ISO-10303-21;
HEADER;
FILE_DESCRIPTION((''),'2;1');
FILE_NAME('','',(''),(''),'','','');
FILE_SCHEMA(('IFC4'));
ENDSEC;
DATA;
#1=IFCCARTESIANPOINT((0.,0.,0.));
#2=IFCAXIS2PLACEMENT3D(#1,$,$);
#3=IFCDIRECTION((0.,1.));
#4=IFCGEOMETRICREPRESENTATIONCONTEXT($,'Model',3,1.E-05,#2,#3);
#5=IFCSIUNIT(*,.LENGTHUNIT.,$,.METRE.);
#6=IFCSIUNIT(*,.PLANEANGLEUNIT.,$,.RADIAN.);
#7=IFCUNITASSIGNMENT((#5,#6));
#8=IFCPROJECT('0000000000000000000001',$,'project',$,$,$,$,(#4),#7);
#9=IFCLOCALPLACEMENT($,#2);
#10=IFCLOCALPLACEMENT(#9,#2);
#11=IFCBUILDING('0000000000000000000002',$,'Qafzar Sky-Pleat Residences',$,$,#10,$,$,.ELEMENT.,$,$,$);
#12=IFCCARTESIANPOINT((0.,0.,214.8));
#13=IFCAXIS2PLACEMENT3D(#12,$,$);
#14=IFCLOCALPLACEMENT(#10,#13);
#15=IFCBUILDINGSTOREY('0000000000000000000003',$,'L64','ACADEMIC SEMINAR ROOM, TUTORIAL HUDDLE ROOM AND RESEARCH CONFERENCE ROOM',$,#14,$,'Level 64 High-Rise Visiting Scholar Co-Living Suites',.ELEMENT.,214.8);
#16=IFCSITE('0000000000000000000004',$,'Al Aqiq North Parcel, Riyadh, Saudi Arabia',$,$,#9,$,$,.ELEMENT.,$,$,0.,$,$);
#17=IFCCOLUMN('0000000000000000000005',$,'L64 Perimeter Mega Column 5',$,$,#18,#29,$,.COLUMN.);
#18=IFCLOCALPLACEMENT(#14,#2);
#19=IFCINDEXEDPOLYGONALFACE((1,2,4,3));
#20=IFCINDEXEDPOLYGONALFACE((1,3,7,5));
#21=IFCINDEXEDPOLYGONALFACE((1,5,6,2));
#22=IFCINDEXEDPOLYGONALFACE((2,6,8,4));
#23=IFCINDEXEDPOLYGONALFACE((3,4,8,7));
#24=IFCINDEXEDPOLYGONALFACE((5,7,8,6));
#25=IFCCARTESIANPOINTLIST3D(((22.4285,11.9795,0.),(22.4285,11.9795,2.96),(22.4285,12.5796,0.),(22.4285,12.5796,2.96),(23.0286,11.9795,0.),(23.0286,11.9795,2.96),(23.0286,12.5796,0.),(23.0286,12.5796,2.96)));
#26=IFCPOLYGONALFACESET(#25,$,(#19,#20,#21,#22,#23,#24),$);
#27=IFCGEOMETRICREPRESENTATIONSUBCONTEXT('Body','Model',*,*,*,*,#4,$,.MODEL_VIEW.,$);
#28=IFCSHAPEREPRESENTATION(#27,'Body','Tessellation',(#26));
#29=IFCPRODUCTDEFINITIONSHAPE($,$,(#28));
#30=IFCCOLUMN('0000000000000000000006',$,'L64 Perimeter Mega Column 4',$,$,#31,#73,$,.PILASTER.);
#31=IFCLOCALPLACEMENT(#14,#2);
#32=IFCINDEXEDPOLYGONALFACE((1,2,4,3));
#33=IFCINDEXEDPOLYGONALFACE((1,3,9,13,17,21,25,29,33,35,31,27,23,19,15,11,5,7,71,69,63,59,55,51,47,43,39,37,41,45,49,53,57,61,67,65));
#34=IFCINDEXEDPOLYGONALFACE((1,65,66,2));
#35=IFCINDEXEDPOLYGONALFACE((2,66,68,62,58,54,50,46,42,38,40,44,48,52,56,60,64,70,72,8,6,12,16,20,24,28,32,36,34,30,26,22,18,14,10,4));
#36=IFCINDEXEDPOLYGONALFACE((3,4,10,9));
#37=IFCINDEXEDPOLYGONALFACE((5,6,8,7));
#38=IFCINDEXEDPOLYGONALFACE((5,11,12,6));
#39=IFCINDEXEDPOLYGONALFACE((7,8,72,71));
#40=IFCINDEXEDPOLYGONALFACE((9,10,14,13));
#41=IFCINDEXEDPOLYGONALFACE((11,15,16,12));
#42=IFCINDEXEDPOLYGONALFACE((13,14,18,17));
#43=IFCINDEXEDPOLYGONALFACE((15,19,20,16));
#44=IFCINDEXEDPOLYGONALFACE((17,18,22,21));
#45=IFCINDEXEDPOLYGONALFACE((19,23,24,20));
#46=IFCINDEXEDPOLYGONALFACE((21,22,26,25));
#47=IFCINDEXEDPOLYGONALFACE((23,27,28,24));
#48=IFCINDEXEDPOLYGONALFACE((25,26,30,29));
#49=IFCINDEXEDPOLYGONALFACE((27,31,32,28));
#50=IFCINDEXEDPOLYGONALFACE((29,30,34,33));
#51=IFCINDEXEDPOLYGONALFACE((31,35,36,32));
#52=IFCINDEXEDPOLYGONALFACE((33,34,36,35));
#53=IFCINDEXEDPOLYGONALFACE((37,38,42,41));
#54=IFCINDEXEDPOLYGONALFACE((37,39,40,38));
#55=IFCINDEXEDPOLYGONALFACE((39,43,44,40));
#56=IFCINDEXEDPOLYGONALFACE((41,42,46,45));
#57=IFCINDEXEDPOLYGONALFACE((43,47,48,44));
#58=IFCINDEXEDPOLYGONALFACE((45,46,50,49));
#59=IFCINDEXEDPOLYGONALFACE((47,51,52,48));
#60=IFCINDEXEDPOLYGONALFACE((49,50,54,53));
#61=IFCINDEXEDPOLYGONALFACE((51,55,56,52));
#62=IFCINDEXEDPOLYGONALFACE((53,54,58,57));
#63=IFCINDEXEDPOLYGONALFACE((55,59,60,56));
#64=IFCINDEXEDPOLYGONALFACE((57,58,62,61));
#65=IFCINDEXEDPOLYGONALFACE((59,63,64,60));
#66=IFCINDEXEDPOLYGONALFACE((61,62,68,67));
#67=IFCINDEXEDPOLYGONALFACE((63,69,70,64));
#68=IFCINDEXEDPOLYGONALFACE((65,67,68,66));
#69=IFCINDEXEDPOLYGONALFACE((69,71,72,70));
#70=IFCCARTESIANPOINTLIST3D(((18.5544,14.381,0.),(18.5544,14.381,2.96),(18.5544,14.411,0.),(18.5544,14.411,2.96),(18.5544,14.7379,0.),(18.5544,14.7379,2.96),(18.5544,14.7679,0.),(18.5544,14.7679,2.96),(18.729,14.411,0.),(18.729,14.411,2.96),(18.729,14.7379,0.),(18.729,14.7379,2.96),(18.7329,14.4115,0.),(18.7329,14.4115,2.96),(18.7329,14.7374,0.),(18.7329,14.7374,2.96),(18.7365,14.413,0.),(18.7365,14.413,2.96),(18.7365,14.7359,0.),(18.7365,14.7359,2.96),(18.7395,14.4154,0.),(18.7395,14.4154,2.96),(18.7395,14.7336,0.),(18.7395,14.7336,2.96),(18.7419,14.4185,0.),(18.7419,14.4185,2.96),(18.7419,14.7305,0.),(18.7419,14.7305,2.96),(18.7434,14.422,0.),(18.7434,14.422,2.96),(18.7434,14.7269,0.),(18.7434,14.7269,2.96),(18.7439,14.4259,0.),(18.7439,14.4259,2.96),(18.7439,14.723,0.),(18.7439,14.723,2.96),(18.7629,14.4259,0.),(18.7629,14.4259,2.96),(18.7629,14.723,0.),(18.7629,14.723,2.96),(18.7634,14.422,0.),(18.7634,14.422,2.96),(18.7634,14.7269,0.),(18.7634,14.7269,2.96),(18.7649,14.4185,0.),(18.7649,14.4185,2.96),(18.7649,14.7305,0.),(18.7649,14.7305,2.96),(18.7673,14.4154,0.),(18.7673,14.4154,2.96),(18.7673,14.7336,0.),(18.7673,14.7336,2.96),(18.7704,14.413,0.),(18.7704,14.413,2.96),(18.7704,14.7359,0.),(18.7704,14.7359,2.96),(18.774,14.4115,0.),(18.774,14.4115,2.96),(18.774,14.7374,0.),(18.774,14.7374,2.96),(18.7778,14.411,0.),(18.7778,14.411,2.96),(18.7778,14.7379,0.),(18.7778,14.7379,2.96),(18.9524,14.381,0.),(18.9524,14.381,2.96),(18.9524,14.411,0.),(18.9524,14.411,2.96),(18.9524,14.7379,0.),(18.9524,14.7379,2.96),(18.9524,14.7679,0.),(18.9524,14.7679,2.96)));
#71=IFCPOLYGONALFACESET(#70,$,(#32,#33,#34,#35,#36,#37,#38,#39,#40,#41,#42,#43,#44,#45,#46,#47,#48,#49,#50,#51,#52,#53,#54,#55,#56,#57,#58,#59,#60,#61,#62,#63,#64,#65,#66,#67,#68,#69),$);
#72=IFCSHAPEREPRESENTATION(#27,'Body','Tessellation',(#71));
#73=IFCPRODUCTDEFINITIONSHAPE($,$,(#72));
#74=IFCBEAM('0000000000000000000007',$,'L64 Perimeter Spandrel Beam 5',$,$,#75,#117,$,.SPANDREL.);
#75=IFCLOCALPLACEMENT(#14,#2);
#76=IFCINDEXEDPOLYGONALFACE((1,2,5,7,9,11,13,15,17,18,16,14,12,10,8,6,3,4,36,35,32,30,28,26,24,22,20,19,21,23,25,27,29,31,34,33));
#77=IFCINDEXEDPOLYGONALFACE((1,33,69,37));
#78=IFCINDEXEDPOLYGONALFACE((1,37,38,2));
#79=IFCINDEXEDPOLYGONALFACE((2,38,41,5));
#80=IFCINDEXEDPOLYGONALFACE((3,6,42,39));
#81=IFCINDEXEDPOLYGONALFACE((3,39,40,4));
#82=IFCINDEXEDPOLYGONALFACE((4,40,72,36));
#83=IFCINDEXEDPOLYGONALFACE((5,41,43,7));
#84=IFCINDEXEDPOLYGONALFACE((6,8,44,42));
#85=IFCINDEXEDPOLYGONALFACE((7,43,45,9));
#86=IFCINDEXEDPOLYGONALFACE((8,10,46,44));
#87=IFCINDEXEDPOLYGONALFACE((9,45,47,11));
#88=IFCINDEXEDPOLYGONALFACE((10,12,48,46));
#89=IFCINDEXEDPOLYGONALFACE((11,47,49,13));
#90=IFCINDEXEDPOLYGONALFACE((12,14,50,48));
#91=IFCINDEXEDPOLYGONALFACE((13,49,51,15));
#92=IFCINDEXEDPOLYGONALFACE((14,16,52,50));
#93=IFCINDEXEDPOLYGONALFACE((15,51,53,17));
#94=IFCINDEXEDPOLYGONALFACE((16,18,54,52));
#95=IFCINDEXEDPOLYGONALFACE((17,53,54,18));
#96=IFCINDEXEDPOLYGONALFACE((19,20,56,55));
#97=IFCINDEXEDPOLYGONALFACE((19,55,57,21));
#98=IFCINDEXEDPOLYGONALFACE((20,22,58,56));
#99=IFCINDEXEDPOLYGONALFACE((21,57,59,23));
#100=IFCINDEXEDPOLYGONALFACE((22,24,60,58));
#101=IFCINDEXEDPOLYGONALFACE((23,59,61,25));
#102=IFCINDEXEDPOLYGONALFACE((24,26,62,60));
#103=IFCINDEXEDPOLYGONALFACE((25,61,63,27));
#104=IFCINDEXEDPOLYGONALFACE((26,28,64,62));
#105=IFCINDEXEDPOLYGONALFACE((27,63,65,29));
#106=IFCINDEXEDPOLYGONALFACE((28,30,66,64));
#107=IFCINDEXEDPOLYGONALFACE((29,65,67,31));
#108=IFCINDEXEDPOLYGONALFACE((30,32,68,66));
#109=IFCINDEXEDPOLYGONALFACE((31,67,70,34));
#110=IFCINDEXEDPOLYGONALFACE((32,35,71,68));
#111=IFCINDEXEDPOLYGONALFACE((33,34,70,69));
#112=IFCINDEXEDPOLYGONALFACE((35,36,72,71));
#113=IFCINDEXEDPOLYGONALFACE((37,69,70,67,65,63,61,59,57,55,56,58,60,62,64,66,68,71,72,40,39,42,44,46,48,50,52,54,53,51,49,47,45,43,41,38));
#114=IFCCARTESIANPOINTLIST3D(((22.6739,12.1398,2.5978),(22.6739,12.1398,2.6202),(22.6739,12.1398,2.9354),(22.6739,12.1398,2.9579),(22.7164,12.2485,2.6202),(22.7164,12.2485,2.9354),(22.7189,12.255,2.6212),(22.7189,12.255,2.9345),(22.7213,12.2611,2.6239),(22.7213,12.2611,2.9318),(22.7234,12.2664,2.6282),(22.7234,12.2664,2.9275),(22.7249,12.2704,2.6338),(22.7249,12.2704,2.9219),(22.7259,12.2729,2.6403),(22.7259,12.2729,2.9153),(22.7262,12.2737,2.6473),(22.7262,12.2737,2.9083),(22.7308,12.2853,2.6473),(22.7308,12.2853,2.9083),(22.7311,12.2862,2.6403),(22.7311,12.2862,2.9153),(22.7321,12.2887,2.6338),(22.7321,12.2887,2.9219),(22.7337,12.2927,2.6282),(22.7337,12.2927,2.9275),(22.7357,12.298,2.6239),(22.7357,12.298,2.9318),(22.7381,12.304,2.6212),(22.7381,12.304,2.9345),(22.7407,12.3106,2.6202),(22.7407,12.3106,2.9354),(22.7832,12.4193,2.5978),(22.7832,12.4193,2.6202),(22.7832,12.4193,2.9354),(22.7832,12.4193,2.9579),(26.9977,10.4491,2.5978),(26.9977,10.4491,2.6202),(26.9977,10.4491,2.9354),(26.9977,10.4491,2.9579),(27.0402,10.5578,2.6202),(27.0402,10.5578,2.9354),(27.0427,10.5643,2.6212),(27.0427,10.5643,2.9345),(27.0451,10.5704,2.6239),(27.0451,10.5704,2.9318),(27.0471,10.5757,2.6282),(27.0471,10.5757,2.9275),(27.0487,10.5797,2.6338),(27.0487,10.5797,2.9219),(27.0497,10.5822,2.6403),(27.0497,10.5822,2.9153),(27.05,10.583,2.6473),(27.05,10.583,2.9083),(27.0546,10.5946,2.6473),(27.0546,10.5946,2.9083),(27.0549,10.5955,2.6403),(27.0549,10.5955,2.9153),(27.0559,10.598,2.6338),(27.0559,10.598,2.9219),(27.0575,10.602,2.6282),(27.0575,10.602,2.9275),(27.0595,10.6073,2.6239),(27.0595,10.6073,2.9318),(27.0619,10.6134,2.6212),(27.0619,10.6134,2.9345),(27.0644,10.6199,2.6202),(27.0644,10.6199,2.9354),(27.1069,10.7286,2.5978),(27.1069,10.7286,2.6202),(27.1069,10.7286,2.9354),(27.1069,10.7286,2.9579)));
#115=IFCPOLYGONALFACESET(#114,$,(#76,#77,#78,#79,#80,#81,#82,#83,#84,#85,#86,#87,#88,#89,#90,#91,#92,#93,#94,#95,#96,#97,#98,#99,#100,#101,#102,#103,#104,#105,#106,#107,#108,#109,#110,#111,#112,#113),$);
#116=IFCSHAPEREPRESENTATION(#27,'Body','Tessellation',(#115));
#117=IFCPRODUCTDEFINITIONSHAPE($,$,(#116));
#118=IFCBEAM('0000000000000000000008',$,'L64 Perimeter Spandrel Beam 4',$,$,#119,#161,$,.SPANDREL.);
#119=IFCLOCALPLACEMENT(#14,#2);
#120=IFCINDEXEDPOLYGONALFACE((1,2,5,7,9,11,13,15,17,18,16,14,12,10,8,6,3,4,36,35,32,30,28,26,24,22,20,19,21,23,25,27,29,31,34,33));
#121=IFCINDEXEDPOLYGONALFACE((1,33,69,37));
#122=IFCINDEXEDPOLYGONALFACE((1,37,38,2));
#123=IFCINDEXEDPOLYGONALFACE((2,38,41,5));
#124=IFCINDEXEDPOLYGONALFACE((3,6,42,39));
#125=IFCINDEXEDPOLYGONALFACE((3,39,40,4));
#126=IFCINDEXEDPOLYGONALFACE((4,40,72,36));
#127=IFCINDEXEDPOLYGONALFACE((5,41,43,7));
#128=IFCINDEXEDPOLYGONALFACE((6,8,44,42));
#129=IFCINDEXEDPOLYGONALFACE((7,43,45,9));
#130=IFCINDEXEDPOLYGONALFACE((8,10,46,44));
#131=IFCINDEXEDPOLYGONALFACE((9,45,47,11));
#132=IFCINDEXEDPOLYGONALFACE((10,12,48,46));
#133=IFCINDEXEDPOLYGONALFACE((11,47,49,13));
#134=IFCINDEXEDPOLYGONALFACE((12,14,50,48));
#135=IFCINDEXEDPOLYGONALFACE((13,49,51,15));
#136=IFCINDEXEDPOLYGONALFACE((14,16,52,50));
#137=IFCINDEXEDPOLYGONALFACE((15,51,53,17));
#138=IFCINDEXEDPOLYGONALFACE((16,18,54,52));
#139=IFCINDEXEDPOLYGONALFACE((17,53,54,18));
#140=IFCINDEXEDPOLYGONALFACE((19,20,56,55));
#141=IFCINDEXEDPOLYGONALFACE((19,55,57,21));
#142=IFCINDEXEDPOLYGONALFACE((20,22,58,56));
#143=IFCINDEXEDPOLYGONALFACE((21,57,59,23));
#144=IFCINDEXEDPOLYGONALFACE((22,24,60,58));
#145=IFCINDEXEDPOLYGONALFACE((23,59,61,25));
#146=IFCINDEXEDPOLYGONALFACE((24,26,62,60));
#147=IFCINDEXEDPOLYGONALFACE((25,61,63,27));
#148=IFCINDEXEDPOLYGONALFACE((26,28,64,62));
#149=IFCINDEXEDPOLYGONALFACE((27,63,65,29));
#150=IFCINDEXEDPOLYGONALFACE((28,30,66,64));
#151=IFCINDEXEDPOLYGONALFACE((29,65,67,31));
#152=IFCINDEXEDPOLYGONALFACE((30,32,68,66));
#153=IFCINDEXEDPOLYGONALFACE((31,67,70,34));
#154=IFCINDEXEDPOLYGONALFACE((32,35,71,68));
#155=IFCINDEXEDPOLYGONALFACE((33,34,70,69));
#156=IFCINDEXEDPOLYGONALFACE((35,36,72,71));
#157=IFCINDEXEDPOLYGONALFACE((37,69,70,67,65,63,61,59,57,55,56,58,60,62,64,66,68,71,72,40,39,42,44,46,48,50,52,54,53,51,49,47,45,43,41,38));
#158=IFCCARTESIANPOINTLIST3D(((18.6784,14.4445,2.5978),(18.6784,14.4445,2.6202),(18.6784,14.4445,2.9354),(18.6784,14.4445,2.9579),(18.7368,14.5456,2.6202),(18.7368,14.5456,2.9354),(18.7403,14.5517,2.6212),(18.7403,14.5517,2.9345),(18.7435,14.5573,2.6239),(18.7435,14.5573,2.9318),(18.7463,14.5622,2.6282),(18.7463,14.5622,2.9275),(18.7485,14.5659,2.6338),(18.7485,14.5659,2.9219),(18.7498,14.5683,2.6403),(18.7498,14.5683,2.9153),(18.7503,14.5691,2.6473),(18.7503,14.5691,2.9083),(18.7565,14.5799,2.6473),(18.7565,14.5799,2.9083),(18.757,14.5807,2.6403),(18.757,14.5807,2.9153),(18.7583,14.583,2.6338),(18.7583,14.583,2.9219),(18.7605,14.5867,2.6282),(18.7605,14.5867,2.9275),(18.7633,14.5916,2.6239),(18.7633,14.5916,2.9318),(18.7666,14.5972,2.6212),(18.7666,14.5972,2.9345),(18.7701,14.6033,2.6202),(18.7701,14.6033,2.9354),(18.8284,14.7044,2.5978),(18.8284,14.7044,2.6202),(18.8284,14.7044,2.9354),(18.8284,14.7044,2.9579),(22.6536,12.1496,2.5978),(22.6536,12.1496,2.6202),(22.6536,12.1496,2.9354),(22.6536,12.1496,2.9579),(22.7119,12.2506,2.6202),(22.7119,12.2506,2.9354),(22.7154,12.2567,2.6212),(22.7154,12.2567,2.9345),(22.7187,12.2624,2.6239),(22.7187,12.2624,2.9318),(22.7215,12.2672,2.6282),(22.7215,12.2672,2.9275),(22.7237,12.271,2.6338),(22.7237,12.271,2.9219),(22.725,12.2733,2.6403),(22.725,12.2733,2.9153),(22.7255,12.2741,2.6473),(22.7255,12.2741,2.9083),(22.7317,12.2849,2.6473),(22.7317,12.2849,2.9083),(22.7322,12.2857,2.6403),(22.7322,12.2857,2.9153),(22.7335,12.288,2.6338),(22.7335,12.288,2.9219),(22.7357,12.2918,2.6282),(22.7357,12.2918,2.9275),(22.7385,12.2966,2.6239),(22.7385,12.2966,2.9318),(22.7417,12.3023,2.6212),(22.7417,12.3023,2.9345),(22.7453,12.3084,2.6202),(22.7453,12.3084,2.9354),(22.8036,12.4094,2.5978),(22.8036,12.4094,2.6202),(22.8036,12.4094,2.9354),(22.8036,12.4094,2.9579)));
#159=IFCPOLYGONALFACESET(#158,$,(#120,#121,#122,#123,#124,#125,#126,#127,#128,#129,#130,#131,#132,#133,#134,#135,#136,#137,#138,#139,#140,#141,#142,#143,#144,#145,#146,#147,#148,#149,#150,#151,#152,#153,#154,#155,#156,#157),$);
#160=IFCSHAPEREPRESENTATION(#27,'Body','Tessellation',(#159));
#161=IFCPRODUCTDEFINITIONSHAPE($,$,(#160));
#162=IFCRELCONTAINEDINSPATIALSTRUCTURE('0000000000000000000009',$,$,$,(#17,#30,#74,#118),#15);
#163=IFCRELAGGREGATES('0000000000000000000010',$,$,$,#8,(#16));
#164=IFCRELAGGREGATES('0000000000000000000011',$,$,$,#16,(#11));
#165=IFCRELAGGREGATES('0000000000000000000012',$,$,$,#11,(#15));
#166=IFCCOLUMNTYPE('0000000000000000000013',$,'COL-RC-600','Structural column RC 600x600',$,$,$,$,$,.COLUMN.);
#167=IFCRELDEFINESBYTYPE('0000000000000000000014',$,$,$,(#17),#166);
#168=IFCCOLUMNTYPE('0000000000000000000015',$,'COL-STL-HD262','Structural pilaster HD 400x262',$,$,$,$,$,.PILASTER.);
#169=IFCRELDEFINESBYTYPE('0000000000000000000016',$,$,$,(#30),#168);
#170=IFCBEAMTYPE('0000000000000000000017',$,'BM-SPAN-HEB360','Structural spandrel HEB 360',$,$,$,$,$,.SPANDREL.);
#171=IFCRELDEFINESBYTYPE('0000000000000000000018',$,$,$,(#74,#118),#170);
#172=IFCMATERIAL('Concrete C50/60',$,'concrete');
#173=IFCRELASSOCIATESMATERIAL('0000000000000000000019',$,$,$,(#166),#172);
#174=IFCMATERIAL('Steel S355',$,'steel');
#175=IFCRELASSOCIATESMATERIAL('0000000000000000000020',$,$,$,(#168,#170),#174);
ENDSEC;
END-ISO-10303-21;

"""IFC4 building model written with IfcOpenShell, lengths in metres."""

from ifc_helpers import new_model, si_unit, direction, frame, origin, origin_2d, place, context, subcontext, project, spatial, rectangle, i_section, extrude, source, transform, mapped, material, material_profile, profile_set, type_object, element, save


model = new_model("IFC4")

# Units and contexts
model_context = context("Model", 3, precision=1e-05, world=origin(), true_north=direction((0.0, 1.0)))
body_context = subcontext(model_context, "Body", "Model", "MODEL_VIEW")
ifc_project = project(units=[si_unit("LENGTHUNIT", "METRE"), si_unit("PLANEANGLEUNIT", "RADIAN")], contexts=[model_context])

# Site, building, storey
site_placement = place(None, origin())
site = spatial("IfcSite", under=ifc_project, at=site_placement, Name="Al Aqiq North Parcel, Riyadh, Saudi Arabia", CompositionType="ELEMENT", RefElevation=0.0)
building_placement = place(site_placement, origin())
building = spatial("IfcBuilding", under=site, at=building_placement, Name="Qafzar Sky-Pleat Residences", CompositionType="ELEMENT")
storey_placement = place(building_placement, frame((0.0, 0.0, 214.8)))
storey = spatial("IfcBuildingStorey", under=building, at=storey_placement, Name="L64", Description="ACADEMIC SEMINAR ROOM, TUTORIAL HUDDLE ROOM AND RESEARCH CONFERENCE ROOM", LongName="Level 64 High-Rise Visiting Scholar Co-Living Suites", CompositionType="ELEMENT", Elevation=214.8)

# Columns
ifc_material_1 = material(Name="Concrete C50/60", Category="concrete")
ifc_material_profile_1 = material_profile(ifc_material_1, rectangle(XDim=0.6001, YDim=0.6001, at=origin_2d()), Name="RC 600x600")
ifc_profile_set_1 = profile_set([ifc_material_profile_1], Name="Concrete C50/60")
column_type_1 = type_object("IfcColumnType", Name="COL-RC-600", Description="Structural column RC 600x600", PredefinedType="COLUMN", material=ifc_profile_set_1)
shared_shape_1 = source(origin(), body_context, "Body", "SweptSolid", [
    extrude(rectangle(XDim=0.6001, YDim=0.6001, at=origin_2d()), origin(), (0.0, 0.0, 1.0), 2.96),
])
column_1_placement = place(storey_placement, frame((22.7285, 12.2795, 0.0), z_axis=(0.0, 0.0, 1.0), x_axis=(1.0, 0.0, 0.0)))
element("IfcColumn", 1, at=column_1_placement, inside=storey, type_object=column_type_1, Name="L64 Perimeter Mega Column 5", PredefinedType="COLUMN", context=body_context, shape_type="MappedRepresentation", body=[
    mapped(shared_shape_1, transform((0.0, 0.0, 0.0), x_axis=(1.0, 0.0, 0.0), y_axis=(0.0, 1.0, 0.0), z_axis=(0.0, 0.0, 1.0), scale=1.0)),
])
ifc_material_2 = material(Name="Steel S355", Category="steel")
ifc_material_profile_2 = material_profile(ifc_material_2, i_section(OverallWidth=0.3979, OverallDepth=0.387, WebThickness=0.019, FlangeThickness=0.03, FilletRadius=0.0149, at=origin_2d()), Name="HD 400x262")
ifc_profile_set_2 = profile_set([ifc_material_profile_2], Name="Steel S355")
column_type_2 = type_object("IfcColumnType", Name="COL-STL-HD262", Description="Structural pilaster HD 400x262", PredefinedType="PILASTER", material=ifc_profile_set_2)
shared_shape_2 = source(origin(), body_context, "Body", "SweptSolid", [
    extrude(i_section(OverallWidth=0.3979, OverallDepth=0.387, WebThickness=0.019, FlangeThickness=0.03, FilletRadius=0.0149, at=origin_2d()), origin(), (0.0, 0.0, 1.0), 2.96),
])
column_2_placement = place(storey_placement, frame((18.7534, 14.5745, 0.0), z_axis=(0.0, 0.0, 1.0), x_axis=(1.0, 0.0, 0.0)))
element("IfcColumn", 2, at=column_2_placement, inside=storey, type_object=column_type_2, Name="L64 Perimeter Mega Column 4", PredefinedType="PILASTER", context=body_context, shape_type="MappedRepresentation", body=[
    mapped(shared_shape_2, transform((0.0, 0.0, 0.0), x_axis=(1.0, 0.0, 0.0), y_axis=(0.0, 1.0, 0.0), z_axis=(0.0, 0.0, 1.0), scale=1.0)),
])

# Beams
ifc_material_profile_3 = material_profile(ifc_material_2, i_section(OverallWidth=0.3, OverallDepth=0.3601, WebThickness=0.0125, FlangeThickness=0.0225, FilletRadius=0.0271, at=origin_2d()), Name="HEB 360")
ifc_profile_set_3 = profile_set([ifc_material_profile_3], Name="Steel S355")
beam_type_1 = type_object("IfcBeamType", Name="BM-SPAN-HEB360", Description="Structural spandrel HEB 360", PredefinedType="SPANDREL", material=ifc_profile_set_3)
shared_shape_3 = source(origin(), body_context, "Body", "SweptSolid", [
    extrude(i_section(OverallWidth=0.3, OverallDepth=0.3601, WebThickness=0.0125, FlangeThickness=0.0225, FilletRadius=0.0271, at=origin_2d()), origin(), (0.0, 0.0, 1.0), 4.6426),
])
beam_1_placement = place(storey_placement, frame((22.7285, 12.2795, 2.7778), z_axis=(0.931332, -0.364171, 0.0), x_axis=(0.364171, 0.931332, 0.0)))
element("IfcBeam", 3, at=beam_1_placement, inside=storey, type_object=beam_type_1, Name="L64 Perimeter Spandrel Beam 5", PredefinedType="SPANDREL", context=body_context, shape_type="MappedRepresentation", body=[
    mapped(shared_shape_3, transform((0.0, 0.0, 0.0), x_axis=(1.0, 0.0, 0.0), y_axis=(0.0, 1.0, 0.0), z_axis=(0.0, 0.0, 1.0), scale=1.0)),
])
shared_shape_4 = source(origin(), body_context, "Body", "SweptSolid", [
    extrude(i_section(OverallWidth=0.3, OverallDepth=0.3601, WebThickness=0.0125, FlangeThickness=0.0225, FilletRadius=0.0271, at=origin_2d()), origin(), (0.0, 0.0, 1.0), 4.5901),
])
beam_2_placement = place(storey_placement, frame((18.7534, 14.5745, 2.7778), z_axis=(0.866035, -0.499983, 0.0), x_axis=(0.499983, 0.866035, 0.0)))
element("IfcBeam", 4, at=beam_2_placement, inside=storey, type_object=beam_type_1, Name="L64 Perimeter Spandrel Beam 4", PredefinedType="SPANDREL", context=body_context, shape_type="MappedRepresentation", body=[
    mapped(shared_shape_4, transform((0.0, 0.0, 0.0), x_axis=(1.0, 0.0, 0.0), y_axis=(0.0, 1.0, 0.0), z_axis=(0.0, 0.0, 1.0), scale=1.0)),
])

save(model, "model.ifc")
